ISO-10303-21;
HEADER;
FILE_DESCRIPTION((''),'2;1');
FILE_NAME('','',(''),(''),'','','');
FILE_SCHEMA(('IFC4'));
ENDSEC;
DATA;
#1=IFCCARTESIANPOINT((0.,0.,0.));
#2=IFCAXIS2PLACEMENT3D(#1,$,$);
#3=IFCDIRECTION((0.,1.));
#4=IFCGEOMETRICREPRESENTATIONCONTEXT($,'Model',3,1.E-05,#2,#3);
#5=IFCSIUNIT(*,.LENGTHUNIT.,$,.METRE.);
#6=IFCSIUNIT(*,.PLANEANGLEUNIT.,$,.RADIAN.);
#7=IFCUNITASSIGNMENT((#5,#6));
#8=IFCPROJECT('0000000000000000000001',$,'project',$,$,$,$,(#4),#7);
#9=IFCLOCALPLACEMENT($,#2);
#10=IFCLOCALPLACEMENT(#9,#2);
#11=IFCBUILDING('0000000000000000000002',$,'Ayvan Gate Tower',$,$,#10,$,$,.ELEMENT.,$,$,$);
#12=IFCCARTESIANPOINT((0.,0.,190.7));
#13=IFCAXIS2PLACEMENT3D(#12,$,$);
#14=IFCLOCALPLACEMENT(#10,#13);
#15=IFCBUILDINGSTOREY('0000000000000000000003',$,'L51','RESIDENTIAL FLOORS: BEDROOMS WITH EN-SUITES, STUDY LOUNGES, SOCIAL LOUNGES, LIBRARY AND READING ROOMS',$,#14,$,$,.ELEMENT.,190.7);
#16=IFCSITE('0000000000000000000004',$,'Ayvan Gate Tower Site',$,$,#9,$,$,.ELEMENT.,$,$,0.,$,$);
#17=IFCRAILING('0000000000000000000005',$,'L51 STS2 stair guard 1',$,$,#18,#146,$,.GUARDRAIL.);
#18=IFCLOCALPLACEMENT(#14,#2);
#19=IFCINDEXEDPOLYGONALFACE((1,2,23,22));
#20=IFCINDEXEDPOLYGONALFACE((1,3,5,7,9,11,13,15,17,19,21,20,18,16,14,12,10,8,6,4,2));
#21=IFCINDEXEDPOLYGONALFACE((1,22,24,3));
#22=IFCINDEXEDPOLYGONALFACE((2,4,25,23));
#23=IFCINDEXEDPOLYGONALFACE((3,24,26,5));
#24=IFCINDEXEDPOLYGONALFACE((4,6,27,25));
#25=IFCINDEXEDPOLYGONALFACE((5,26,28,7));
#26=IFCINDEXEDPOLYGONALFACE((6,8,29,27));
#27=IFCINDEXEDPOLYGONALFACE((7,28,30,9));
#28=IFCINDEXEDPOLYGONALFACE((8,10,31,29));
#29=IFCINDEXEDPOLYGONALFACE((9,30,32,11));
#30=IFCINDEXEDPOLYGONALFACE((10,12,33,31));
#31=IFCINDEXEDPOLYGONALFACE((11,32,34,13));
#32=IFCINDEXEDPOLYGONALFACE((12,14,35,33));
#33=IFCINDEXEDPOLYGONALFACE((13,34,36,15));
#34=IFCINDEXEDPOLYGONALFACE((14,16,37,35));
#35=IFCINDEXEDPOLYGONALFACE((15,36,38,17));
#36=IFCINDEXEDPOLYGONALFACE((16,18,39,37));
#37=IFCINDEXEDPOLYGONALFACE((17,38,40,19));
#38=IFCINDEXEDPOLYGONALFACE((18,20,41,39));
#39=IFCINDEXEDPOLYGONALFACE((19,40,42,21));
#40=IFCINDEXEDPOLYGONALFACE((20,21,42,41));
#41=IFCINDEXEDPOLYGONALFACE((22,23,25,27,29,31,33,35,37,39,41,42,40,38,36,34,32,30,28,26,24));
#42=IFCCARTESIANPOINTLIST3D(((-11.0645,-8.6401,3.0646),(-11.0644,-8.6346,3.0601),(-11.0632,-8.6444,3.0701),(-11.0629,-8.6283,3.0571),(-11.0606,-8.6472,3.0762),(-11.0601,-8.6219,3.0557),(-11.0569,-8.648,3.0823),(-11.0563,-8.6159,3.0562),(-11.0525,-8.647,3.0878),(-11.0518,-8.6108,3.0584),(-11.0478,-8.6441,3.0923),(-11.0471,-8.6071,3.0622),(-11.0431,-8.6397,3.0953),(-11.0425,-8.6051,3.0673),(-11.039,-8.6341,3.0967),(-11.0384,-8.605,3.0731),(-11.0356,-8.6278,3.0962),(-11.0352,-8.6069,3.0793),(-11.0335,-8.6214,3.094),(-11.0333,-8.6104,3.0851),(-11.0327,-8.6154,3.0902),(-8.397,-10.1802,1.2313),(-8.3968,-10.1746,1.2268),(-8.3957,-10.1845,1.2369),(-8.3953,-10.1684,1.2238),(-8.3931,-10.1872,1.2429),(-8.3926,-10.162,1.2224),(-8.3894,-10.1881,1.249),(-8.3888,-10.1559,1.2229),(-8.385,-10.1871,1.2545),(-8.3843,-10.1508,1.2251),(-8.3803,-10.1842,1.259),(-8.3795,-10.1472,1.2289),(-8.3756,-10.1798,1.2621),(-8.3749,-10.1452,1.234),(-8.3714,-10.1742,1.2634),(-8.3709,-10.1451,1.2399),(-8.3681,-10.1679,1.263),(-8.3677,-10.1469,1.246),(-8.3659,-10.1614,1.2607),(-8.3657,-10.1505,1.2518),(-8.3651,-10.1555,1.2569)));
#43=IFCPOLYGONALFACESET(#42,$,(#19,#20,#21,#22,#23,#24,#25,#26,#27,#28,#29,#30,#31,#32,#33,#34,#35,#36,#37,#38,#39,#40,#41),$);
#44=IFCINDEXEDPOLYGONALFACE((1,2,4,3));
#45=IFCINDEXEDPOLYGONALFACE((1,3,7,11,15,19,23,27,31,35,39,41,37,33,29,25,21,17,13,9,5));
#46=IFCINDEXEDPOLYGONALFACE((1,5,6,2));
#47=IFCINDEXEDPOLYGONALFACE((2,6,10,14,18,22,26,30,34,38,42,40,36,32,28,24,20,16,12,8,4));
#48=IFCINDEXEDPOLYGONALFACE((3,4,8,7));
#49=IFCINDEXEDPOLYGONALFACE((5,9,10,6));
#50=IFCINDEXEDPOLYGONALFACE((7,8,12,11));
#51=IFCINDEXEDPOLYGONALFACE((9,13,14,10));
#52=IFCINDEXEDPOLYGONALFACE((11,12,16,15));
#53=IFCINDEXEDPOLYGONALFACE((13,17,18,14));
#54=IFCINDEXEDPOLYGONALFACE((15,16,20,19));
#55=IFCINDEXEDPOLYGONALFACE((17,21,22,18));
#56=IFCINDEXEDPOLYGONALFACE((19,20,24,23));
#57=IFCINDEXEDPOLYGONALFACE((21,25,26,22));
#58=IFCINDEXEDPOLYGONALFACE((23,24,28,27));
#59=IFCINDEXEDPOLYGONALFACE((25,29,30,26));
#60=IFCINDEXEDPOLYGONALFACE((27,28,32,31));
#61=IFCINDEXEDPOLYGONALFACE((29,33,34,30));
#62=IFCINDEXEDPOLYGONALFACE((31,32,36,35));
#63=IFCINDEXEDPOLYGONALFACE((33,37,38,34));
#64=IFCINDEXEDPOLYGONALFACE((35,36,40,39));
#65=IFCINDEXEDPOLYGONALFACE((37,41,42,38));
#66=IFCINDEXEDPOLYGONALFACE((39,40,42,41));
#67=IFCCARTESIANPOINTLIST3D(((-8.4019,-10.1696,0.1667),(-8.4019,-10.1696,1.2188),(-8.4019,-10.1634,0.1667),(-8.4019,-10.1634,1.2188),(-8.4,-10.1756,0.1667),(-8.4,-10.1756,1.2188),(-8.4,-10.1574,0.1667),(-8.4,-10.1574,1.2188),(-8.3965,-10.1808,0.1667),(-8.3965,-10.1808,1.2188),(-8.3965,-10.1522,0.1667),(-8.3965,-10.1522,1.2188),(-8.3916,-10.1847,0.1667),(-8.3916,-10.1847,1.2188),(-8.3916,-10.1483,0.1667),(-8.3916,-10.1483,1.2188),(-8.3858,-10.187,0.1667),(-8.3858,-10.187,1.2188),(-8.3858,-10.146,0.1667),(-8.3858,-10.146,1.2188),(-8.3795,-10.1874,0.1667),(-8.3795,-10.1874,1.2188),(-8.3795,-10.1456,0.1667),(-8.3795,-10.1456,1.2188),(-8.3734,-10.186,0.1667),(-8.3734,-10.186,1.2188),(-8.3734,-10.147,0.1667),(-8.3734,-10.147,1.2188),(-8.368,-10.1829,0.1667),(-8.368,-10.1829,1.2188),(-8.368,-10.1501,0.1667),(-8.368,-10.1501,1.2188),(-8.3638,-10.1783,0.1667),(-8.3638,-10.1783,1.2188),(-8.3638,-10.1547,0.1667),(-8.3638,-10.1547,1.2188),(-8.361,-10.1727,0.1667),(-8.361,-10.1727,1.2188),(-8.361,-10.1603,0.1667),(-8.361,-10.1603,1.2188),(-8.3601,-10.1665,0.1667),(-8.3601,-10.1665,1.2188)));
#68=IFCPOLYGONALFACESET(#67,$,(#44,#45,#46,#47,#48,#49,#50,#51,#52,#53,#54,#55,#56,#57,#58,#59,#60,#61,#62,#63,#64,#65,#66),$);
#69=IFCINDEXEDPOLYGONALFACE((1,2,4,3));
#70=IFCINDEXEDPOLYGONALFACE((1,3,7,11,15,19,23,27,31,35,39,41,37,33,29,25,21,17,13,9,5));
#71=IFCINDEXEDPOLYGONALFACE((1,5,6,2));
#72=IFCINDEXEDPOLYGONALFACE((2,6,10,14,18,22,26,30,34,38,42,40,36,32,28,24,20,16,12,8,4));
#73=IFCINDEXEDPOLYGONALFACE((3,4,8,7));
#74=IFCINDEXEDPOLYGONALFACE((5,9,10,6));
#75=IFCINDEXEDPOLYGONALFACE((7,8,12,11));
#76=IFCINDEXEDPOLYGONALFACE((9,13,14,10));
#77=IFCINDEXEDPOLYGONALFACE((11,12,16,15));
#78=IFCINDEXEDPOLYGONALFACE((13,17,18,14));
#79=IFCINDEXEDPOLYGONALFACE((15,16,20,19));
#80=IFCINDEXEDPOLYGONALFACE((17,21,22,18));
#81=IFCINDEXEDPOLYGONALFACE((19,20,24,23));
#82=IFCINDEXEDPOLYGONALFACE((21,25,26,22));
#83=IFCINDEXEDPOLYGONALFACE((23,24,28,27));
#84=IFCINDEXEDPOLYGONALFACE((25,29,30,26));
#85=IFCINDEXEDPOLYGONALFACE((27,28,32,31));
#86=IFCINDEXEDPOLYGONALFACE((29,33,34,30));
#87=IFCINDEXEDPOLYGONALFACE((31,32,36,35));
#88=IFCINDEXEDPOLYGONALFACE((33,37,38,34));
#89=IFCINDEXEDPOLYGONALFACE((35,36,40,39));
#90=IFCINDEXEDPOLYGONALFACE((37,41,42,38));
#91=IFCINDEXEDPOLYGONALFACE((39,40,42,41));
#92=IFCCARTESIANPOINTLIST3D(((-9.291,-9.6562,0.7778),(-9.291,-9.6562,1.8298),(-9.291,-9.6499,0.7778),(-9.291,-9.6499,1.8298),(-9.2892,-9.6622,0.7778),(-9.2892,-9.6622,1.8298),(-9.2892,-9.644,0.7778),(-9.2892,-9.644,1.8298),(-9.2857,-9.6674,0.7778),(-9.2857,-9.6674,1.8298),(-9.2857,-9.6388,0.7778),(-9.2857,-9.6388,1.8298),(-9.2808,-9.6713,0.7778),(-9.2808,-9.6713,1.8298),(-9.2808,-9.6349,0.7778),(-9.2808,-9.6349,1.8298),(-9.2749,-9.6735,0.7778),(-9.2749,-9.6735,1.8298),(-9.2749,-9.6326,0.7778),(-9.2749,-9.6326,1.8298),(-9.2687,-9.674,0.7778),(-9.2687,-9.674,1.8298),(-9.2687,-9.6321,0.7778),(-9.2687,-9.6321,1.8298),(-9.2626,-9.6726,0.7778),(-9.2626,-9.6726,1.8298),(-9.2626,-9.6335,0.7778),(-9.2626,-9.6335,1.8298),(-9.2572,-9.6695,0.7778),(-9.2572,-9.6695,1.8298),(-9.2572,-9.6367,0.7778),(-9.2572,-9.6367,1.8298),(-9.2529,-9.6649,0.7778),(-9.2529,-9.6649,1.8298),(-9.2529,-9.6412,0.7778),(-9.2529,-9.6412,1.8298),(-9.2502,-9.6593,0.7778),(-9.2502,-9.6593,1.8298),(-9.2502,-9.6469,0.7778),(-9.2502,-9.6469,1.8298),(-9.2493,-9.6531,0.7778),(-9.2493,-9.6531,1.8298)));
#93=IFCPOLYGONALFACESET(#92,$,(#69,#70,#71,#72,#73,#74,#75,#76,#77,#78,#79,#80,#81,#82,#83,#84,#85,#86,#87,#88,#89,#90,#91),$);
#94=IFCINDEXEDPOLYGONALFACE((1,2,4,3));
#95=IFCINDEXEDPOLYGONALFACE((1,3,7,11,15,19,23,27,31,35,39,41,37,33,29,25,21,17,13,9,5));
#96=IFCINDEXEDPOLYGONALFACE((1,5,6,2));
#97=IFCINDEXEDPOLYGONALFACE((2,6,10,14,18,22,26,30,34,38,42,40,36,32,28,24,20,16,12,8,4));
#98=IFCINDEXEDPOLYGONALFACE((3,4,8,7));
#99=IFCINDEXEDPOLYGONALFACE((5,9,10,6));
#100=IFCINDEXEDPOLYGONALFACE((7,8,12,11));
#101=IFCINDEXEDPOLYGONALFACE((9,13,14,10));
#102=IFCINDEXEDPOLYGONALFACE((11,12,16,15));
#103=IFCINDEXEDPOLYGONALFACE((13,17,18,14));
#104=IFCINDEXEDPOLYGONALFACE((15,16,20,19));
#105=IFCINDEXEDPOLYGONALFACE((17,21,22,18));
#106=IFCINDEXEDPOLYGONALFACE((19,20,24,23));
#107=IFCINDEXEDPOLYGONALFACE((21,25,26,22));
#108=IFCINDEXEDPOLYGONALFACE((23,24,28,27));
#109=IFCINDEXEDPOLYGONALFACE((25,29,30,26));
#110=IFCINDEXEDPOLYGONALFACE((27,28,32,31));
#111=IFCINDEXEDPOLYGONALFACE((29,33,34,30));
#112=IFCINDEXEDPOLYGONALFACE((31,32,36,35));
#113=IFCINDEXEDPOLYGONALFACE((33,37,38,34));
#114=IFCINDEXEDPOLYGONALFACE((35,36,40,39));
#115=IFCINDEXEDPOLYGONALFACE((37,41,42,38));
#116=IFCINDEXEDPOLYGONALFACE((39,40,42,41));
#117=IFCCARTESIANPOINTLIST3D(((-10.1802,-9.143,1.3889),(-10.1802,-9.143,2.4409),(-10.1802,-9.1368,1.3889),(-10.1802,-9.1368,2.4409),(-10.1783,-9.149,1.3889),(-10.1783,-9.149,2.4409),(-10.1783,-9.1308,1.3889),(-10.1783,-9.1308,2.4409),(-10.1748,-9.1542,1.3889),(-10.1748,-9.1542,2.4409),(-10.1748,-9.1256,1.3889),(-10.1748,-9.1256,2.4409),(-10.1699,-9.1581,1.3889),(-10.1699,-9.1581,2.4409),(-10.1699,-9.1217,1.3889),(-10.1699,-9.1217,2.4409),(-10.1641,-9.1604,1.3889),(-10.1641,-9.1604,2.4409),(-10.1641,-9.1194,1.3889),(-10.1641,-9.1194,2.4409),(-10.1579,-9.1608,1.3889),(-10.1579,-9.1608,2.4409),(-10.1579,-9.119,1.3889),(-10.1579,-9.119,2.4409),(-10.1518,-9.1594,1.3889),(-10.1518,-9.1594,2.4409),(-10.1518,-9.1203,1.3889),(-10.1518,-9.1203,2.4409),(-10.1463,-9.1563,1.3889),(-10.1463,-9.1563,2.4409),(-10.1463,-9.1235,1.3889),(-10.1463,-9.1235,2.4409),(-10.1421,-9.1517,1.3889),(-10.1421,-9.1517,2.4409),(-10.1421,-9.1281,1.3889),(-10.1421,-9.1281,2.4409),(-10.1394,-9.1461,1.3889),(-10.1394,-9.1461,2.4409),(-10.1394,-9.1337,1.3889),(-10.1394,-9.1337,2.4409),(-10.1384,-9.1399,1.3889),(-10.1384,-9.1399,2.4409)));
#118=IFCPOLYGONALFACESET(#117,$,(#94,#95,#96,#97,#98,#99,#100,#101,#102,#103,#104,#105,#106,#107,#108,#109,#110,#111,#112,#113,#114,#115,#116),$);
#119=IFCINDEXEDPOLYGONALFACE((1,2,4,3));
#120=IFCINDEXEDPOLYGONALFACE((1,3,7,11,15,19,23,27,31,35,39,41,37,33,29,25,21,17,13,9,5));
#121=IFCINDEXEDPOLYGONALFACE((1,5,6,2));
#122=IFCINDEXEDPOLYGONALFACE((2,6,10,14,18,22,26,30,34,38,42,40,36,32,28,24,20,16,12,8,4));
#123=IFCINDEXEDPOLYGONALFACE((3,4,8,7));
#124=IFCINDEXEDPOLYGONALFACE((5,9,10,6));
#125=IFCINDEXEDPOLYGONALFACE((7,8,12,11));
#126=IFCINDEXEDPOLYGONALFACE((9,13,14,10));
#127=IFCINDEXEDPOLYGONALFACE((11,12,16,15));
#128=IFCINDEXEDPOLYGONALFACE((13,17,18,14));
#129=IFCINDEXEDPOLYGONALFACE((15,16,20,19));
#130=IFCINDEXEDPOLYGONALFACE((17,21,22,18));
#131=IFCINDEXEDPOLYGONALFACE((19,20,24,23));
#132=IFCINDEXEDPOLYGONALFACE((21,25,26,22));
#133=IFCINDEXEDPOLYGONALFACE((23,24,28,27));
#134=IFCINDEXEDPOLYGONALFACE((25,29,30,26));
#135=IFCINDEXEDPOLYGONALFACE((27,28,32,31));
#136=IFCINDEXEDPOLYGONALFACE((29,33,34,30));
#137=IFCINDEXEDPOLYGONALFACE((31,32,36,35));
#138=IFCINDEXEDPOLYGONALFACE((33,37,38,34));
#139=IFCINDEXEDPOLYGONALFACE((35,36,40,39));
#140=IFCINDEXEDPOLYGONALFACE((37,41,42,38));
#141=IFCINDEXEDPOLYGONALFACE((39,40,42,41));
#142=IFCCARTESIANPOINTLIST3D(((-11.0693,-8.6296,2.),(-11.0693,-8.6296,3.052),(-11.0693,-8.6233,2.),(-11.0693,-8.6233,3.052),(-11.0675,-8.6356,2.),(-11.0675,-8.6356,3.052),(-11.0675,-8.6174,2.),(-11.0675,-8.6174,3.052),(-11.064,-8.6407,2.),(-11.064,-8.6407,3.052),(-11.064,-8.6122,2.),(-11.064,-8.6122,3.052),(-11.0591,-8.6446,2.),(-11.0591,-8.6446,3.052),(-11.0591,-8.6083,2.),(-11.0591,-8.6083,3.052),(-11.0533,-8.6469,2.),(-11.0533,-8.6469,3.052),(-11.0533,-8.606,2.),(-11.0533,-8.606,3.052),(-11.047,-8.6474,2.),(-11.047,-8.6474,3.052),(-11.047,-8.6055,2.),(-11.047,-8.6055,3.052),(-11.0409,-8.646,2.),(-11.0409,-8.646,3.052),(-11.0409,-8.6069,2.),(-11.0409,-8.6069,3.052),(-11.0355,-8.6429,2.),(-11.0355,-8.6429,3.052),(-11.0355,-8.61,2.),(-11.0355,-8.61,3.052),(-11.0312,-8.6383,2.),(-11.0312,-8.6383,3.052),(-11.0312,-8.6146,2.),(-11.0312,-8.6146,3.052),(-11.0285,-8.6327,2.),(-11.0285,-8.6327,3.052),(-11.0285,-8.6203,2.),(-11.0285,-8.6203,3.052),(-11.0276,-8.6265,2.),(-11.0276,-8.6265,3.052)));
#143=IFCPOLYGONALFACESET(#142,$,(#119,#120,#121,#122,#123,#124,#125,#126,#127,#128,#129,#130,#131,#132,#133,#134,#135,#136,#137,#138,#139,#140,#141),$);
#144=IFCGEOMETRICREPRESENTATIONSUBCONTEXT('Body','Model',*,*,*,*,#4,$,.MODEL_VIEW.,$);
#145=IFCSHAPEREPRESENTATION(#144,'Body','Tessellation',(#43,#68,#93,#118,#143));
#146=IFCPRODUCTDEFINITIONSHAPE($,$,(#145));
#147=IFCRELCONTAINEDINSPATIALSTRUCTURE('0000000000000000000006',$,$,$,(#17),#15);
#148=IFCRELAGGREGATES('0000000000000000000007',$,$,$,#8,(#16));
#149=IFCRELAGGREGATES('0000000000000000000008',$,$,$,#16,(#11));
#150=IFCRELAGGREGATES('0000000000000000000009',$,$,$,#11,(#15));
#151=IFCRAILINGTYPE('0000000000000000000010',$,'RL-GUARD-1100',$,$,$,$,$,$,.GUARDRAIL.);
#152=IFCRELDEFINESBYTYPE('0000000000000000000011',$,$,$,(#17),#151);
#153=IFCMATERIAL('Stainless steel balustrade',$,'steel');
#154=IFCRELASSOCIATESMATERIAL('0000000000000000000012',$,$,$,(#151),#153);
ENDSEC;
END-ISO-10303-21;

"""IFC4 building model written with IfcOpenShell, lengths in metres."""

from ifc_helpers import new_model, si_unit, direction, frame, origin, origin_2d, place, context, subcontext, project, spatial, circle, extrude, material, type_object, element, save


model = new_model("IFC4")

# Units and contexts
model_context = context("Model", 3, precision=1e-05, world=origin(), true_north=direction((0.0, 1.0)))
body_context = subcontext(model_context, "Body", "Model", "MODEL_VIEW")
ifc_project = project(units=[si_unit("LENGTHUNIT", "METRE"), si_unit("PLANEANGLEUNIT", "RADIAN")], contexts=[model_context])

# Site, building, storey
site_placement = place(None, origin())
site = spatial("IfcSite", under=ifc_project, at=site_placement, Name="Ayvan Gate Tower Site", CompositionType="ELEMENT", RefElevation=0.0)
building_placement = place(site_placement, origin())
building = spatial("IfcBuilding", under=site, at=building_placement, Name="Ayvan Gate Tower", CompositionType="ELEMENT")
storey_placement = place(building_placement, frame((0.0, 0.0, 190.7)))
storey = spatial("IfcBuildingStorey", under=building, at=storey_placement, Name="L51", Description="RESIDENTIAL FLOORS: BEDROOMS WITH EN-SUITES, STUDY LOUNGES, SOCIAL LOUNGES, LIBRARY AND READING ROOMS", CompositionType="ELEMENT", Elevation=190.7)

# Railing
ifc_material_1 = material(Name="Stainless steel balustrade", Category="steel")
railing_type_1 = type_object("IfcRailingType", Name="RL-GUARD-1100", PredefinedType="GUARDRAIL", material=ifc_material_1)
railing_1_placement = place(storey_placement, frame((-8.3811, -10.1665, 0.1667)))
element("IfcRailing", 1, at=railing_1_placement, inside=storey, type_object=railing_type_1, Name="L51 STS2 stair guard 1", PredefinedType="GUARDRAIL", context=body_context, shape_type="SweptSolid", body=[
    extrude(circle(Radius=0.0239, at=origin_2d()), frame((0.0, 0.0, 1.0762), z_axis=(-0.74419, 0.429649, 0.511452), x_axis=(-0.499992, -0.86603, 0.0)), (0.0, 0.0, 1.0), 3.5845),
    extrude(circle(Radius=0.021, at=origin_2d()), origin(), (0.0, 0.0, 1.0), 1.052),
    extrude(circle(Radius=0.021, at=origin_2d()), frame((-0.8892, 0.5134, 0.6111)), (0.0, 0.0, 1.0), 1.052),
    extrude(circle(Radius=0.021, at=origin_2d()), frame((-1.7783, 1.0266, 1.2222)), (0.0, 0.0, 1.0), 1.052),
    extrude(circle(Radius=0.021, at=origin_2d()), frame((-2.6675, 1.54, 1.8333)), (0.0, 0.0, 1.0), 1.052),
])

save(model, "model.ifc")
